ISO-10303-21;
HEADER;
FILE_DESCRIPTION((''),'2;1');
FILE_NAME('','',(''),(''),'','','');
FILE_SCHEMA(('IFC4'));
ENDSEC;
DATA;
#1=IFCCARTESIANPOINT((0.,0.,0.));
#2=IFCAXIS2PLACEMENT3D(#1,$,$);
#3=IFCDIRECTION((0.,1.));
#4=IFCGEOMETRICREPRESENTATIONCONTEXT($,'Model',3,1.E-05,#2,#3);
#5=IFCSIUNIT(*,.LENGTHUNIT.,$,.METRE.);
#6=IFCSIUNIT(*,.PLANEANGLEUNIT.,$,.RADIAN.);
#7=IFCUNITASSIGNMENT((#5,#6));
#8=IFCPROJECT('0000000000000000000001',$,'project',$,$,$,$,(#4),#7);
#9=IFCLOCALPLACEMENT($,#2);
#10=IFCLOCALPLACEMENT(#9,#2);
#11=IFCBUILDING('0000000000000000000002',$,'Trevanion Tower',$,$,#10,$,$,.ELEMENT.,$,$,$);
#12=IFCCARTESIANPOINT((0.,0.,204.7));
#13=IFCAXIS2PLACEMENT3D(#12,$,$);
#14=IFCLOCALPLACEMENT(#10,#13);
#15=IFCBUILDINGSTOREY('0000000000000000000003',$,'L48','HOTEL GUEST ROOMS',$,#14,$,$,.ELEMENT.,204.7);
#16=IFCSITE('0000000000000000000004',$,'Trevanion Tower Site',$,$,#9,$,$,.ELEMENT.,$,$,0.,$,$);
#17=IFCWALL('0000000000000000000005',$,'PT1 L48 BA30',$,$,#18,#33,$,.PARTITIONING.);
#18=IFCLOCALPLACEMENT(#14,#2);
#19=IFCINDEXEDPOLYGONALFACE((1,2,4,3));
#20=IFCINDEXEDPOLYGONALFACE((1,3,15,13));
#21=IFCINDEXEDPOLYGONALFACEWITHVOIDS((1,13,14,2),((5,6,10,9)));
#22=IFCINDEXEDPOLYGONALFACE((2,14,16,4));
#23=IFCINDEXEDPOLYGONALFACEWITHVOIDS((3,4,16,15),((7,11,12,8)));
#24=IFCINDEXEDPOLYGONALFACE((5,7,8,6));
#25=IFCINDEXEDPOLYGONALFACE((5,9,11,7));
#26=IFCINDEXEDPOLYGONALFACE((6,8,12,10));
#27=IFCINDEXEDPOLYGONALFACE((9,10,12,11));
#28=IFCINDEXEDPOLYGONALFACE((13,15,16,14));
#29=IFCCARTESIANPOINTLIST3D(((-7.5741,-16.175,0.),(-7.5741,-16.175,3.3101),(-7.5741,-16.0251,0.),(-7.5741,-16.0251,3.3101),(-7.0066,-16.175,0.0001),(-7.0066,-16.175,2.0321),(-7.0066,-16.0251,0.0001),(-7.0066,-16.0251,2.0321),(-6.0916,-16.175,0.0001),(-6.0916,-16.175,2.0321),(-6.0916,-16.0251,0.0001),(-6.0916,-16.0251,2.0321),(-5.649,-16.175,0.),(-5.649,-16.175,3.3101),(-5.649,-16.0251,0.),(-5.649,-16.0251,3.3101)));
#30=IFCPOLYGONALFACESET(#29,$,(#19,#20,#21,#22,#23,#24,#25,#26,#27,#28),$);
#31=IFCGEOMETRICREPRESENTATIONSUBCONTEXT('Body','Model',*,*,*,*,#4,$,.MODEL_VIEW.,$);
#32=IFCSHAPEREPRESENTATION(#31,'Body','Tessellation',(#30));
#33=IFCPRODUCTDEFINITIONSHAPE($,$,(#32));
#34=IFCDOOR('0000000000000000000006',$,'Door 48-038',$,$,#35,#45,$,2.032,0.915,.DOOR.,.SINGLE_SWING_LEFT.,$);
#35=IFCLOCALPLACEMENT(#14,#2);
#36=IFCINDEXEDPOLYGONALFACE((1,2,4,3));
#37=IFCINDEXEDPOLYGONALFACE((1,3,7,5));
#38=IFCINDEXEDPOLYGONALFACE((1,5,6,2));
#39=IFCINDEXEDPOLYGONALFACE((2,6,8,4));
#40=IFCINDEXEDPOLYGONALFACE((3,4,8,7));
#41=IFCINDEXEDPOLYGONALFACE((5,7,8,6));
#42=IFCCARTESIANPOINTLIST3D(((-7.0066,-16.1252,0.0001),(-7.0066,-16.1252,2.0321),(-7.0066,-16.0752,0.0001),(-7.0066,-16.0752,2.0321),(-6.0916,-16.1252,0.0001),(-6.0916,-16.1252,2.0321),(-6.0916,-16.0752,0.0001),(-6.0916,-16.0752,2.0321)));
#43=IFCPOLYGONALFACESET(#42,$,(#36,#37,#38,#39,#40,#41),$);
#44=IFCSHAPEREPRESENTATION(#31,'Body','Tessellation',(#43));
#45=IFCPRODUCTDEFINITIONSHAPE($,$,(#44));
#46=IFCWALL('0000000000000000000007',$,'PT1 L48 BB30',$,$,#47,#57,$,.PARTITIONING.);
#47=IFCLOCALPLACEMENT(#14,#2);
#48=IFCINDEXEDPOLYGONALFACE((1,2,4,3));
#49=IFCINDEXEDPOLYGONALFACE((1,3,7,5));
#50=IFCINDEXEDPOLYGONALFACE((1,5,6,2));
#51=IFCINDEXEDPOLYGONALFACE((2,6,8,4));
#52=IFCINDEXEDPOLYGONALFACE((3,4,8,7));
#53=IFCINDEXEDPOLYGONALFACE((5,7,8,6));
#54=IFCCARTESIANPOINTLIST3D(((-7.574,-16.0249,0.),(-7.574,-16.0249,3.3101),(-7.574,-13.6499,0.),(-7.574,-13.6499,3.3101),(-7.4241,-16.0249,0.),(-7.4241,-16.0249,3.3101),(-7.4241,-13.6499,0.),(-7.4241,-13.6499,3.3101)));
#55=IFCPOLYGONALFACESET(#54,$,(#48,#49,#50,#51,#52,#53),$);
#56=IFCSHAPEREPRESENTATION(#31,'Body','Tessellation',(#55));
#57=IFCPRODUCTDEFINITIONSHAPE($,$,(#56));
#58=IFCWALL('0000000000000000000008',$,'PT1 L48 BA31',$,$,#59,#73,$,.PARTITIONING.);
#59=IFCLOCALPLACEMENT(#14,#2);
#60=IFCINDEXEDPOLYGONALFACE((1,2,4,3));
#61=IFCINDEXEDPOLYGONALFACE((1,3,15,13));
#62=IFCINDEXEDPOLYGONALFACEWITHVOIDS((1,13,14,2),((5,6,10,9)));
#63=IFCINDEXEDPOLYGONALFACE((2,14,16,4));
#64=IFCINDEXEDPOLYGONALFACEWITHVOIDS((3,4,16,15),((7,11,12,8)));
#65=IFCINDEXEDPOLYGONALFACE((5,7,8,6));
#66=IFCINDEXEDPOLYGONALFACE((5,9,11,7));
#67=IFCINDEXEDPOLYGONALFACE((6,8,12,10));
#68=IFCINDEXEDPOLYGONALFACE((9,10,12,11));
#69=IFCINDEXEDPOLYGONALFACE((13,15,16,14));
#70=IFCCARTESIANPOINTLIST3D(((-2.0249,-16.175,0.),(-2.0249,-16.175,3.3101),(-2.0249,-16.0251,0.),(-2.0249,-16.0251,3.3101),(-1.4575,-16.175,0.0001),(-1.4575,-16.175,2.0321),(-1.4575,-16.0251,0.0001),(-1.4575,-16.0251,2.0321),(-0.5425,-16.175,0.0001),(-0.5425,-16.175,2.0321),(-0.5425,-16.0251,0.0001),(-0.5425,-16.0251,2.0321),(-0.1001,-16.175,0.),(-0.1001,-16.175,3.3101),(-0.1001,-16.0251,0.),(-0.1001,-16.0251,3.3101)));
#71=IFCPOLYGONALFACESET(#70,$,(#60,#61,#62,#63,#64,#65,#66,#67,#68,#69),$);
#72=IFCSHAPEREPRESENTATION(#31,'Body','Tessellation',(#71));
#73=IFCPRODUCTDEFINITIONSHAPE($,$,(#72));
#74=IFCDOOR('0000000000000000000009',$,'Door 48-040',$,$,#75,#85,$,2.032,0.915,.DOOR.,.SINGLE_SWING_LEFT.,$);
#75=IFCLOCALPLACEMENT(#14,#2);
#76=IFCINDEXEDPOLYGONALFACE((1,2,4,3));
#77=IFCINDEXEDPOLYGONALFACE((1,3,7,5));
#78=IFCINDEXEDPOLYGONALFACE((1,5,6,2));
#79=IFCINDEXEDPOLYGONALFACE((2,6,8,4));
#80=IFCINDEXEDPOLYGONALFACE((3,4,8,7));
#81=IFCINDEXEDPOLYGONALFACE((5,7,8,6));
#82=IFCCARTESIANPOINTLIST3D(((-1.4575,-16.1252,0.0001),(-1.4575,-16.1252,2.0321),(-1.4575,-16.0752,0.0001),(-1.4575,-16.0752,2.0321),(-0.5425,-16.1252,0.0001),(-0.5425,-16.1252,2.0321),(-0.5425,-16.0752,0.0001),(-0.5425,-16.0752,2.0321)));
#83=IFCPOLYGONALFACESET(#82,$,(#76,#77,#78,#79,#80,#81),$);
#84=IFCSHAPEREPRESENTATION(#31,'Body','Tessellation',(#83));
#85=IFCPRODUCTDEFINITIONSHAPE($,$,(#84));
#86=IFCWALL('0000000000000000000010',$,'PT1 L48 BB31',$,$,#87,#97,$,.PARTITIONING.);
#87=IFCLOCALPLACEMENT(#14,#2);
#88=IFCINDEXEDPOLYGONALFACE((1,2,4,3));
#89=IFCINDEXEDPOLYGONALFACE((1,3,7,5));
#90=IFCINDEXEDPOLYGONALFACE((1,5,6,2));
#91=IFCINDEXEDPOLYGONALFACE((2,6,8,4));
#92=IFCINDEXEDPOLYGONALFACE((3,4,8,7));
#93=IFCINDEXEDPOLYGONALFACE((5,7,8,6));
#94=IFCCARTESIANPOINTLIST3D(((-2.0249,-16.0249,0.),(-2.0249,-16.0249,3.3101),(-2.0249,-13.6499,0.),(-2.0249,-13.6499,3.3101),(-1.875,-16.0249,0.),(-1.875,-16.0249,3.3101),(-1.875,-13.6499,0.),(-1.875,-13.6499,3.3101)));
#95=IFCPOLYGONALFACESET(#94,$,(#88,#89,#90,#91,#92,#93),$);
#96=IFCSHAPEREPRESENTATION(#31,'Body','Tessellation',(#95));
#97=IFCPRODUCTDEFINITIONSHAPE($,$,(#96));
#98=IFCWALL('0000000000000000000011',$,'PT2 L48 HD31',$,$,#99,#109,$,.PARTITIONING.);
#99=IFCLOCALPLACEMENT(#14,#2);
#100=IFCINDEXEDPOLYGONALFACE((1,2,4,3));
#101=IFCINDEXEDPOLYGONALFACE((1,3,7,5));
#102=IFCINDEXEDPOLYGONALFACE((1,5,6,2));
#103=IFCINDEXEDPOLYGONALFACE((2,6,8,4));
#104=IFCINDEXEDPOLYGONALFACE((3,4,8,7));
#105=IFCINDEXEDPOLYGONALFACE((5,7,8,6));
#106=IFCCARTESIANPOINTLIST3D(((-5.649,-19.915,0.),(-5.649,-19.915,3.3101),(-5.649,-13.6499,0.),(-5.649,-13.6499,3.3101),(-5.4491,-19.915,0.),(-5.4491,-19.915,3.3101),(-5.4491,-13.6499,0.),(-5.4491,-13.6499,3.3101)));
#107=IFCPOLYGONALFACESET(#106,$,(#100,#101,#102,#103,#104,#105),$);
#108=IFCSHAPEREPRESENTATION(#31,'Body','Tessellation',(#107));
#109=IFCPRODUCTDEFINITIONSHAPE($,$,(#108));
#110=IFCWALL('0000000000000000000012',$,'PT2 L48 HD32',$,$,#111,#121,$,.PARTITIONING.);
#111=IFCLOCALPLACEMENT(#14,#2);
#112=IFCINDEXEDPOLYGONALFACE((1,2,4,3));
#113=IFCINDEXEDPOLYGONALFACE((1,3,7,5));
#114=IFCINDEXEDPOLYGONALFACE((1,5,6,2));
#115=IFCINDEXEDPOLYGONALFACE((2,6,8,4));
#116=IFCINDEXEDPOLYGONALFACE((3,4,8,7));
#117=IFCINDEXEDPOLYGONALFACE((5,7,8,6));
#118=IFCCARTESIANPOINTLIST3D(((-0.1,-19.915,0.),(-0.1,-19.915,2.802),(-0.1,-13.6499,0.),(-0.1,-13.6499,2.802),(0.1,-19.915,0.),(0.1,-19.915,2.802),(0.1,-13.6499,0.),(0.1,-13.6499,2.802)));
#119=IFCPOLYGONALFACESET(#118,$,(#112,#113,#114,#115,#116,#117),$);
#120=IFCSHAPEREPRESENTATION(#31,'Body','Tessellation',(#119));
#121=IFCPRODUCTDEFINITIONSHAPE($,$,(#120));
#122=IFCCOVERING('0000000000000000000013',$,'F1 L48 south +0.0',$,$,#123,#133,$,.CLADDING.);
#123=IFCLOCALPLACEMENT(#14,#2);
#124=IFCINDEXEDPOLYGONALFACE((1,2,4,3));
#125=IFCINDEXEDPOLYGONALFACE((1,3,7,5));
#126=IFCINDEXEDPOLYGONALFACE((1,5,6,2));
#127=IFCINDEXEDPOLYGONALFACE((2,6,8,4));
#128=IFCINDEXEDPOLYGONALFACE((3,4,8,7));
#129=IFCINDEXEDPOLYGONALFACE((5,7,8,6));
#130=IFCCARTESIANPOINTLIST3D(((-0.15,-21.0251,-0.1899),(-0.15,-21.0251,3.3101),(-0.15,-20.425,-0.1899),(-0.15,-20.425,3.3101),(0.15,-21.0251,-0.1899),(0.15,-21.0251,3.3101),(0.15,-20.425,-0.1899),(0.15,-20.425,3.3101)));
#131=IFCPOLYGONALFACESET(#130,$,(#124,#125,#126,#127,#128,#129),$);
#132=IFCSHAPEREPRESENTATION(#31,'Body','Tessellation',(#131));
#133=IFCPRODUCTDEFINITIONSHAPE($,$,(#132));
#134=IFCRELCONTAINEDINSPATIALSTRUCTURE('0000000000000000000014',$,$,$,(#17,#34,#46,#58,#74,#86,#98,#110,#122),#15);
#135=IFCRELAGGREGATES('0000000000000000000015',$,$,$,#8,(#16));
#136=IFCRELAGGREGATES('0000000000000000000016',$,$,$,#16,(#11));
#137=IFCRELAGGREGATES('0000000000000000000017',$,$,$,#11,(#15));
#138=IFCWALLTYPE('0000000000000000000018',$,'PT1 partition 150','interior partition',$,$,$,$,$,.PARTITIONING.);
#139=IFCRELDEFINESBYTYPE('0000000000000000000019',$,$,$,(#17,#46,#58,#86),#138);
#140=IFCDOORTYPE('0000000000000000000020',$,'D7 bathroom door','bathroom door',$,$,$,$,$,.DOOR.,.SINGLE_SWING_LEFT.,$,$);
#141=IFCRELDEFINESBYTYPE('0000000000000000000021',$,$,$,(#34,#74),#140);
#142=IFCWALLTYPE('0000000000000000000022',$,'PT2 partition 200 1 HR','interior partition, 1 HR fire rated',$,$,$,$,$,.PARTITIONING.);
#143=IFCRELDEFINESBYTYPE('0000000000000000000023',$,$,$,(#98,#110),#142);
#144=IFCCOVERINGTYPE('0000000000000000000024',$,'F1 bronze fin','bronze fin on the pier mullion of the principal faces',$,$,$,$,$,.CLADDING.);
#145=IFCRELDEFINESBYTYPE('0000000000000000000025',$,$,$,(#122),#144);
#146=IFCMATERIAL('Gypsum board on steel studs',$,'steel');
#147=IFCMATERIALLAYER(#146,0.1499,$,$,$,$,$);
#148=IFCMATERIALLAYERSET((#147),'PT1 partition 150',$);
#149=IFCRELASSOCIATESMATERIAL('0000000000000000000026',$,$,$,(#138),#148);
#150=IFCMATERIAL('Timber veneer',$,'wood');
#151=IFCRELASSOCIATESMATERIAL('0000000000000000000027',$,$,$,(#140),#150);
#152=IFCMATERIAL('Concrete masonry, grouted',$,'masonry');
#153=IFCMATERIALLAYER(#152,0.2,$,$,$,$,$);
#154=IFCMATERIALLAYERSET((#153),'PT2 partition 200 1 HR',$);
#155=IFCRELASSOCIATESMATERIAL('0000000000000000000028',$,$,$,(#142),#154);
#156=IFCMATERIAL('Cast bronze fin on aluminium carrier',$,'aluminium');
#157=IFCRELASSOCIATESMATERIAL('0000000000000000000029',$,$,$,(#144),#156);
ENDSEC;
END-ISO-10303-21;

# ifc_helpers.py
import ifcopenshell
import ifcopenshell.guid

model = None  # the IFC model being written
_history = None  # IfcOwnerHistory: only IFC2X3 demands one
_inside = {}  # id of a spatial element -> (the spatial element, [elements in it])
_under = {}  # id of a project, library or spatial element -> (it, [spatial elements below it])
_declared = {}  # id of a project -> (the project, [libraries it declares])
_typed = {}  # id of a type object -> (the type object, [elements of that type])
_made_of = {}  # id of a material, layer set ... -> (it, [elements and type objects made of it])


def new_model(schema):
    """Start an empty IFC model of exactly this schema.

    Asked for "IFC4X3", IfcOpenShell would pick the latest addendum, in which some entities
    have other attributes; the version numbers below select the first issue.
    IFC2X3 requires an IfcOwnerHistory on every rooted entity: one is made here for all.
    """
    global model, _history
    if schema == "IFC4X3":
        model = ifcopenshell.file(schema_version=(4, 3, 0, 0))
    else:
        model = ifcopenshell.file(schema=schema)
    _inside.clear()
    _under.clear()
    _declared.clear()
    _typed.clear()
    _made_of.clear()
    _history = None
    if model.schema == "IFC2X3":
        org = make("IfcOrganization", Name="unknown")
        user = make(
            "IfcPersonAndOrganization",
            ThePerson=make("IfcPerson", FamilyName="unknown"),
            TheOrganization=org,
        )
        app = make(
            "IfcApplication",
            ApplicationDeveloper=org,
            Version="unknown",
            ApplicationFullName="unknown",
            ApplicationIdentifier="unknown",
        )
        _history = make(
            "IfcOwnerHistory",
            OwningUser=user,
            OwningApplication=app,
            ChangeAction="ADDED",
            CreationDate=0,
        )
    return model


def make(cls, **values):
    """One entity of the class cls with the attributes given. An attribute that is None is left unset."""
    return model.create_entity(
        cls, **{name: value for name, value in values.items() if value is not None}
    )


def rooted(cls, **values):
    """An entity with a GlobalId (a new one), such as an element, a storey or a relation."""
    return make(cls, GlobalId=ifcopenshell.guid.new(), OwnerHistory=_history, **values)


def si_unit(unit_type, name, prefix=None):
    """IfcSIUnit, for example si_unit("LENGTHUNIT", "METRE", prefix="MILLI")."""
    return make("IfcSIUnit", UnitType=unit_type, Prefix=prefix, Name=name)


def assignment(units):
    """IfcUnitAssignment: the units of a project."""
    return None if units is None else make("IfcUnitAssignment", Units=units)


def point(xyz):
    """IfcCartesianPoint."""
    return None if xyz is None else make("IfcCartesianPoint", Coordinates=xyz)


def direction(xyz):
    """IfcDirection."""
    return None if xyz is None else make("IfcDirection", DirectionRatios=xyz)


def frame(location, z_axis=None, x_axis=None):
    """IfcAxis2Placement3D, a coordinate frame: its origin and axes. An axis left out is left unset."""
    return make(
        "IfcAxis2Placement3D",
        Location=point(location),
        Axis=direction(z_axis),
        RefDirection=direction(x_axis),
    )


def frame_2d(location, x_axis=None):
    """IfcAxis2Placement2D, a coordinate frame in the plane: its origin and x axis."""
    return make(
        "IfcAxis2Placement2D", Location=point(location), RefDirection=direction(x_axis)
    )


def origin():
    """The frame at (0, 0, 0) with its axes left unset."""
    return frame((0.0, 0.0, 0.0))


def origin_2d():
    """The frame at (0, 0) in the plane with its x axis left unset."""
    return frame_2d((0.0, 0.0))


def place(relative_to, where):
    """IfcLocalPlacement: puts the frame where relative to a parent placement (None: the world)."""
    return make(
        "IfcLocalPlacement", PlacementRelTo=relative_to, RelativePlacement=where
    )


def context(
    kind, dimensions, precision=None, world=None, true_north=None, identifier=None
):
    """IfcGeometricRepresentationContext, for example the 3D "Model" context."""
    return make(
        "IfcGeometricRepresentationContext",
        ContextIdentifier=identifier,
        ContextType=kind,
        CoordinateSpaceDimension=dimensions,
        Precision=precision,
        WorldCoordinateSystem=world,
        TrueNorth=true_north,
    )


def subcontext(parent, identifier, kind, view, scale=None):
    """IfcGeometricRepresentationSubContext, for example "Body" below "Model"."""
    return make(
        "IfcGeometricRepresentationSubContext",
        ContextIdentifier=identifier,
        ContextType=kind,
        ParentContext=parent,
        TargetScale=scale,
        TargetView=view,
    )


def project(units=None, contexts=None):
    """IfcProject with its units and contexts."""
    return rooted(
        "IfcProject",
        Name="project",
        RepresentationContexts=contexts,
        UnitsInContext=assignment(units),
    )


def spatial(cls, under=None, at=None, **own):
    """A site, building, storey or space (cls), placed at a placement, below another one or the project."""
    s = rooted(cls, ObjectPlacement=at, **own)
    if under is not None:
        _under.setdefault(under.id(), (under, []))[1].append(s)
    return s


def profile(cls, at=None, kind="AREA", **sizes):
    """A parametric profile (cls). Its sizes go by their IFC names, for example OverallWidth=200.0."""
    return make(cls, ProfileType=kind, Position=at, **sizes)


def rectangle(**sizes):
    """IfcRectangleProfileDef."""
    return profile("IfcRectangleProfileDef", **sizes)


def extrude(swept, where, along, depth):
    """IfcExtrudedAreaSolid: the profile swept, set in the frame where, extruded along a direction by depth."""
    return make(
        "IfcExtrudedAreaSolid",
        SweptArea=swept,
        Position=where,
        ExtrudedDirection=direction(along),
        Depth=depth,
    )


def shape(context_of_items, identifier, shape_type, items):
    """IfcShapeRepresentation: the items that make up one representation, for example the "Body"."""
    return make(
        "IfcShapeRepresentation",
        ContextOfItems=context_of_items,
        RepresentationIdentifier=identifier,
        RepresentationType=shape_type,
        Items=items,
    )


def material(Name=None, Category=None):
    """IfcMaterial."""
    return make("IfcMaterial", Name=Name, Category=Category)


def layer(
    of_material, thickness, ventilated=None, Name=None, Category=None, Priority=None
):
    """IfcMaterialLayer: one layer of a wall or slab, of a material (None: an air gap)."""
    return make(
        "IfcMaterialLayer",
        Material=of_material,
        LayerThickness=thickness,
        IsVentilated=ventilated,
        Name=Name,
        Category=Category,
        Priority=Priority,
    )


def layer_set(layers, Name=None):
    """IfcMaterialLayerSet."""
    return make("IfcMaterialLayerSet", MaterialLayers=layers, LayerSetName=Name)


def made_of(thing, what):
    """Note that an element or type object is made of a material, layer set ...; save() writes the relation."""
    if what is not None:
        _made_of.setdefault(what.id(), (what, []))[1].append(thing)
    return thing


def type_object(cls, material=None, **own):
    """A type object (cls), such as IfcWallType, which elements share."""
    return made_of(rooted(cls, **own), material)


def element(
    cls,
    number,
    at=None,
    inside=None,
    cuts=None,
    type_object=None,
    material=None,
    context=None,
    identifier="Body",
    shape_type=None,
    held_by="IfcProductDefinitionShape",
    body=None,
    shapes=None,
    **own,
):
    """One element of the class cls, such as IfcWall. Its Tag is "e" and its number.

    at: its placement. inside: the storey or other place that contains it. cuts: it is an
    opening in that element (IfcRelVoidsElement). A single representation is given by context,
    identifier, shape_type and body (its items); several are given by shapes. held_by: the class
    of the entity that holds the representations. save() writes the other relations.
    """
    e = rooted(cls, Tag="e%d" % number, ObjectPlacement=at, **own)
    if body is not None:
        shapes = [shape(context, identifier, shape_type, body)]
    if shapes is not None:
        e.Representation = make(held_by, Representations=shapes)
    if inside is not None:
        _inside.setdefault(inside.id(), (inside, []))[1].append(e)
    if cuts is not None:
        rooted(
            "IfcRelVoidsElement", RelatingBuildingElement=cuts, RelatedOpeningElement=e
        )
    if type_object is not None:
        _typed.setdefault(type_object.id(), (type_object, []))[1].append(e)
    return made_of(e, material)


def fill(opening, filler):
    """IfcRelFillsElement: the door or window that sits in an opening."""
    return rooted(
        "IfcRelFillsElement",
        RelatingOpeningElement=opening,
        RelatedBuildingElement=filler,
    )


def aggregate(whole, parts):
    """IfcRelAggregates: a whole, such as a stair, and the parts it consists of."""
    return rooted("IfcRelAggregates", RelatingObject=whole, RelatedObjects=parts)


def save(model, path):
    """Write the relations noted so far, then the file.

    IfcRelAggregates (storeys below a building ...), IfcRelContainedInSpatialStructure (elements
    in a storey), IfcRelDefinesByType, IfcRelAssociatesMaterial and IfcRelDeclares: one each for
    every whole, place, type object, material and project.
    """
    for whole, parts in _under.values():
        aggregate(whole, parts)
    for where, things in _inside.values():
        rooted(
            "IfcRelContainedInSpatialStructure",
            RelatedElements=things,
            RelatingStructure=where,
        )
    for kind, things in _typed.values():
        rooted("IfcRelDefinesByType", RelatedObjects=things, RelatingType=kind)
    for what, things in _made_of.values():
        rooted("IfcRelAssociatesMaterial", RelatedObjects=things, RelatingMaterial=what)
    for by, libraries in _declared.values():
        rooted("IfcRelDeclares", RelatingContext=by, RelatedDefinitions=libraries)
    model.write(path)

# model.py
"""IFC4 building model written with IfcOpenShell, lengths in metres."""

from ifc_helpers import new_model, si_unit, direction, frame, frame_2d, origin, origin_2d, place, context, subcontext, project, spatial, rectangle, extrude, material, layer, layer_set, type_object, element, fill, save


model = new_model("IFC4")

# Units and contexts
model_context = context("Model", 3, precision=1e-05, world=origin(), true_north=direction((0.0, 1.0)))
body_context = subcontext(model_context, "Body", "Model", "MODEL_VIEW")
ifc_project = project(units=[si_unit("LENGTHUNIT", "METRE"), si_unit("PLANEANGLEUNIT", "RADIAN")], contexts=[model_context])

# Site, building, storey
site_placement = place(None, origin())
site = spatial("IfcSite", under=ifc_project, at=site_placement, Name="Trevanion Tower Site", CompositionType="ELEMENT", RefElevation=0.0)
building_placement = place(site_placement, origin())
building = spatial("IfcBuilding", under=site, at=building_placement, Name="Trevanion Tower", CompositionType="ELEMENT")
storey_placement = place(building_placement, frame((0.0, 0.0, 204.7)))
storey = spatial("IfcBuildingStorey", under=building, at=storey_placement, Name="L48", Description="HOTEL GUEST ROOMS", CompositionType="ELEMENT", Elevation=204.7)

# Wall, opening, door
ifc_material_1 = material(Name="Gypsum board on steel studs", Category="steel")
ifc_layer_1 = layer(ifc_material_1, 0.1499)
ifc_layer_set_1 = layer_set([ifc_layer_1], Name="PT1 partition 150")
wall_type_1 = type_object("IfcWallType", Name="PT1 partition 150", Description="interior partition", PredefinedType="PARTITIONING", material=ifc_layer_set_1)
wall_1_placement = place(storey_placement, frame((-7.574, -16.1001, 0.0), z_axis=(0.0, 0.0, 1.0), x_axis=(1.0, 0.0, 0.0)))
wall_1 = element("IfcWall", 1, at=wall_1_placement, inside=storey, type_object=wall_type_1, Name="PT1 L48 BA30", PredefinedType="PARTITIONING", context=body_context, shape_type="SweptSolid", body=[
    extrude(rectangle(XDim=1.925, YDim=0.1499, at=frame_2d((0.9624, 0.0))), origin(), (0.0, 0.0, 1.0), 3.3101),
])
opening_1_placement = place(wall_1_placement, frame((0.5674, 0.0, 0.0)))
opening_1 = element("IfcOpeningElement", 2, at=opening_1_placement, cuts=wall_1, PredefinedType="OPENING", context=body_context, shape_type="SweptSolid", body=[
    extrude(rectangle(XDim=0.915, YDim=2.032, at=frame_2d((0.4575, 1.0161))), frame((0.0, 0.085, 0.0), z_axis=(0.0, -1.0, 0.0), x_axis=(1.0, 0.0, 0.0)), (0.0, 0.0, 1.0), 0.1699),
])
ifc_material_2 = material(Name="Timber veneer", Category="wood")
door_type = type_object("IfcDoorType", Name="D7 bathroom door", Description="bathroom door", OperationType="SINGLE_SWING_LEFT", PredefinedType="DOOR", material=ifc_material_2)
door_1_placement = place(opening_1_placement, origin())
door_1 = element("IfcDoor", 3, at=door_1_placement, inside=storey, type_object=door_type, Name="Door 48-038", OperationType="SINGLE_SWING_LEFT", OverallHeight=2.032, OverallWidth=0.915, PredefinedType="DOOR", context=body_context, shape_type="SweptSolid", body=[
    extrude(rectangle(XDim=0.915, YDim=2.032, at=frame_2d((0.4575, 1.0161))), frame((0.0, 0.0249, 0.0), z_axis=(0.0, -1.0, 0.0), x_axis=(1.0, 0.0, 0.0)), (0.0, 0.0, 1.0), 0.05),
])
fill(opening_1, door_1)

# Wall
wall_2_placement = place(storey_placement, frame((-7.499, -13.6499, 0.0), z_axis=(0.0, 0.0, 1.0), x_axis=(0.0, -1.0, 0.0)))
element("IfcWall", 4, at=wall_2_placement, inside=storey, type_object=wall_type_1, Name="PT1 L48 BB30", PredefinedType="PARTITIONING", context=body_context, shape_type="SweptSolid", body=[
    extrude(rectangle(XDim=2.375, YDim=0.1499, at=frame_2d((1.1875, 0.0))), origin(), (0.0, 0.0, 1.0), 3.3101),
])

# Wall, opening, door
wall_3_placement = place(storey_placement, frame((-2.0249, -16.1001, 0.0), z_axis=(0.0, 0.0, 1.0), x_axis=(1.0, 0.0, 0.0)))
wall_3 = element("IfcWall", 5, at=wall_3_placement, inside=storey, type_object=wall_type_1, Name="PT1 L48 BA31", PredefinedType="PARTITIONING", context=body_context, shape_type="SweptSolid", body=[
    extrude(rectangle(XDim=1.9248, YDim=0.1499, at=frame_2d((0.9624, 0.0))), origin(), (0.0, 0.0, 1.0), 3.3101),
])
opening_2_placement = place(wall_3_placement, frame((0.5674, 0.0, 0.0)))
opening_2 = element("IfcOpeningElement", 6, at=opening_2_placement, cuts=wall_3, PredefinedType="OPENING", context=body_context, shape_type="SweptSolid", body=[
    extrude(rectangle(XDim=0.915, YDim=2.032, at=frame_2d((0.4575, 1.0161))), frame((0.0, 0.085, 0.0), z_axis=(0.0, -1.0, 0.0), x_axis=(1.0, 0.0, 0.0)), (0.0, 0.0, 1.0), 0.1699),
])
door_2_placement = place(opening_2_placement, origin())
door_2 = element("IfcDoor", 7, at=door_2_placement, inside=storey, type_object=door_type, Name="Door 48-040", OperationType="SINGLE_SWING_LEFT", OverallHeight=2.032, OverallWidth=0.915, PredefinedType="DOOR", context=body_context, shape_type="SweptSolid", body=[
    extrude(rectangle(XDim=0.915, YDim=2.032, at=frame_2d((0.4575, 1.0161))), frame((0.0, 0.0249, 0.0), z_axis=(0.0, -1.0, 0.0), x_axis=(1.0, 0.0, 0.0)), (0.0, 0.0, 1.0), 0.05),
])
fill(opening_2, door_2)

# Walls
wall_4_placement = place(storey_placement, frame((-1.95, -13.6499, 0.0), z_axis=(0.0, 0.0, 1.0), x_axis=(0.0, -1.0, 0.0)))
element("IfcWall", 8, at=wall_4_placement, inside=storey, type_object=wall_type_1, Name="PT1 L48 BB31", PredefinedType="PARTITIONING", context=body_context, shape_type="SweptSolid", body=[
    extrude(rectangle(XDim=2.375, YDim=0.1499, at=frame_2d((1.1875, 0.0))), origin(), (0.0, 0.0, 1.0), 3.3101),
])
ifc_material_3 = material(Name="Concrete masonry, grouted", Category="masonry")
ifc_layer_2 = layer(ifc_material_3, 0.2)
ifc_layer_set_2 = layer_set([ifc_layer_2], Name="PT2 partition 200 1 HR")
wall_type_2 = type_object("IfcWallType", Name="PT2 partition 200 1 HR", Description="interior partition, 1 HR fire rated", PredefinedType="PARTITIONING", material=ifc_layer_set_2)
wall_5_placement = place(storey_placement, frame((-5.5491, -13.6499, 0.0), z_axis=(0.0, 0.0, 1.0), x_axis=(0.0, -1.0, 0.0)))
element("IfcWall", 9, at=wall_5_placement, inside=storey, type_object=wall_type_2, Name="PT2 L48 HD31", PredefinedType="PARTITIONING", context=body_context, shape_type="SweptSolid", body=[
    extrude(rectangle(XDim=6.2651, YDim=0.2, at=frame_2d((3.1326, 0.0))), origin(), (0.0, 0.0, 1.0), 3.3101),
])
wall_6_placement = place(storey_placement, frame((0.0, -13.6499, 0.0), z_axis=(0.0, 0.0, 1.0), x_axis=(0.0, -1.0, 0.0)))
element("IfcWall", 10, at=wall_6_placement, inside=storey, type_object=wall_type_2, Name="PT2 L48 HD32", PredefinedType="PARTITIONING", context=body_context, shape_type="SweptSolid", body=[
    extrude(rectangle(XDim=6.2651, YDim=0.2, at=frame_2d((3.1326, 0.0))), origin(), (0.0, 0.0, 1.0), 2.802),
])

# Covering
ifc_material_4 = material(Name="Cast bronze fin on aluminium carrier", Category="aluminium")
covering_type = type_object("IfcCoveringType", Name="F1 bronze fin", Description="bronze fin on the pier mullion of the principal faces", PredefinedType="CLADDING", material=ifc_material_4)
covering_placement = place(storey_placement, frame((0.0, -20.7251, -0.1899), z_axis=(0.0, 0.0, 1.0), x_axis=(1.0, 0.0, 0.0)))
element("IfcCovering", 11, at=covering_placement, inside=storey, type_object=covering_type, Name="F1 L48 south +0.0", PredefinedType="CLADDING", context=body_context, shape_type="SweptSolid", body=[
    extrude(rectangle(XDim=0.3, YDim=0.6001, at=origin_2d()), origin(), (0.0, 0.0, 1.0), 3.5),
])

save(model, "model.ifc")
